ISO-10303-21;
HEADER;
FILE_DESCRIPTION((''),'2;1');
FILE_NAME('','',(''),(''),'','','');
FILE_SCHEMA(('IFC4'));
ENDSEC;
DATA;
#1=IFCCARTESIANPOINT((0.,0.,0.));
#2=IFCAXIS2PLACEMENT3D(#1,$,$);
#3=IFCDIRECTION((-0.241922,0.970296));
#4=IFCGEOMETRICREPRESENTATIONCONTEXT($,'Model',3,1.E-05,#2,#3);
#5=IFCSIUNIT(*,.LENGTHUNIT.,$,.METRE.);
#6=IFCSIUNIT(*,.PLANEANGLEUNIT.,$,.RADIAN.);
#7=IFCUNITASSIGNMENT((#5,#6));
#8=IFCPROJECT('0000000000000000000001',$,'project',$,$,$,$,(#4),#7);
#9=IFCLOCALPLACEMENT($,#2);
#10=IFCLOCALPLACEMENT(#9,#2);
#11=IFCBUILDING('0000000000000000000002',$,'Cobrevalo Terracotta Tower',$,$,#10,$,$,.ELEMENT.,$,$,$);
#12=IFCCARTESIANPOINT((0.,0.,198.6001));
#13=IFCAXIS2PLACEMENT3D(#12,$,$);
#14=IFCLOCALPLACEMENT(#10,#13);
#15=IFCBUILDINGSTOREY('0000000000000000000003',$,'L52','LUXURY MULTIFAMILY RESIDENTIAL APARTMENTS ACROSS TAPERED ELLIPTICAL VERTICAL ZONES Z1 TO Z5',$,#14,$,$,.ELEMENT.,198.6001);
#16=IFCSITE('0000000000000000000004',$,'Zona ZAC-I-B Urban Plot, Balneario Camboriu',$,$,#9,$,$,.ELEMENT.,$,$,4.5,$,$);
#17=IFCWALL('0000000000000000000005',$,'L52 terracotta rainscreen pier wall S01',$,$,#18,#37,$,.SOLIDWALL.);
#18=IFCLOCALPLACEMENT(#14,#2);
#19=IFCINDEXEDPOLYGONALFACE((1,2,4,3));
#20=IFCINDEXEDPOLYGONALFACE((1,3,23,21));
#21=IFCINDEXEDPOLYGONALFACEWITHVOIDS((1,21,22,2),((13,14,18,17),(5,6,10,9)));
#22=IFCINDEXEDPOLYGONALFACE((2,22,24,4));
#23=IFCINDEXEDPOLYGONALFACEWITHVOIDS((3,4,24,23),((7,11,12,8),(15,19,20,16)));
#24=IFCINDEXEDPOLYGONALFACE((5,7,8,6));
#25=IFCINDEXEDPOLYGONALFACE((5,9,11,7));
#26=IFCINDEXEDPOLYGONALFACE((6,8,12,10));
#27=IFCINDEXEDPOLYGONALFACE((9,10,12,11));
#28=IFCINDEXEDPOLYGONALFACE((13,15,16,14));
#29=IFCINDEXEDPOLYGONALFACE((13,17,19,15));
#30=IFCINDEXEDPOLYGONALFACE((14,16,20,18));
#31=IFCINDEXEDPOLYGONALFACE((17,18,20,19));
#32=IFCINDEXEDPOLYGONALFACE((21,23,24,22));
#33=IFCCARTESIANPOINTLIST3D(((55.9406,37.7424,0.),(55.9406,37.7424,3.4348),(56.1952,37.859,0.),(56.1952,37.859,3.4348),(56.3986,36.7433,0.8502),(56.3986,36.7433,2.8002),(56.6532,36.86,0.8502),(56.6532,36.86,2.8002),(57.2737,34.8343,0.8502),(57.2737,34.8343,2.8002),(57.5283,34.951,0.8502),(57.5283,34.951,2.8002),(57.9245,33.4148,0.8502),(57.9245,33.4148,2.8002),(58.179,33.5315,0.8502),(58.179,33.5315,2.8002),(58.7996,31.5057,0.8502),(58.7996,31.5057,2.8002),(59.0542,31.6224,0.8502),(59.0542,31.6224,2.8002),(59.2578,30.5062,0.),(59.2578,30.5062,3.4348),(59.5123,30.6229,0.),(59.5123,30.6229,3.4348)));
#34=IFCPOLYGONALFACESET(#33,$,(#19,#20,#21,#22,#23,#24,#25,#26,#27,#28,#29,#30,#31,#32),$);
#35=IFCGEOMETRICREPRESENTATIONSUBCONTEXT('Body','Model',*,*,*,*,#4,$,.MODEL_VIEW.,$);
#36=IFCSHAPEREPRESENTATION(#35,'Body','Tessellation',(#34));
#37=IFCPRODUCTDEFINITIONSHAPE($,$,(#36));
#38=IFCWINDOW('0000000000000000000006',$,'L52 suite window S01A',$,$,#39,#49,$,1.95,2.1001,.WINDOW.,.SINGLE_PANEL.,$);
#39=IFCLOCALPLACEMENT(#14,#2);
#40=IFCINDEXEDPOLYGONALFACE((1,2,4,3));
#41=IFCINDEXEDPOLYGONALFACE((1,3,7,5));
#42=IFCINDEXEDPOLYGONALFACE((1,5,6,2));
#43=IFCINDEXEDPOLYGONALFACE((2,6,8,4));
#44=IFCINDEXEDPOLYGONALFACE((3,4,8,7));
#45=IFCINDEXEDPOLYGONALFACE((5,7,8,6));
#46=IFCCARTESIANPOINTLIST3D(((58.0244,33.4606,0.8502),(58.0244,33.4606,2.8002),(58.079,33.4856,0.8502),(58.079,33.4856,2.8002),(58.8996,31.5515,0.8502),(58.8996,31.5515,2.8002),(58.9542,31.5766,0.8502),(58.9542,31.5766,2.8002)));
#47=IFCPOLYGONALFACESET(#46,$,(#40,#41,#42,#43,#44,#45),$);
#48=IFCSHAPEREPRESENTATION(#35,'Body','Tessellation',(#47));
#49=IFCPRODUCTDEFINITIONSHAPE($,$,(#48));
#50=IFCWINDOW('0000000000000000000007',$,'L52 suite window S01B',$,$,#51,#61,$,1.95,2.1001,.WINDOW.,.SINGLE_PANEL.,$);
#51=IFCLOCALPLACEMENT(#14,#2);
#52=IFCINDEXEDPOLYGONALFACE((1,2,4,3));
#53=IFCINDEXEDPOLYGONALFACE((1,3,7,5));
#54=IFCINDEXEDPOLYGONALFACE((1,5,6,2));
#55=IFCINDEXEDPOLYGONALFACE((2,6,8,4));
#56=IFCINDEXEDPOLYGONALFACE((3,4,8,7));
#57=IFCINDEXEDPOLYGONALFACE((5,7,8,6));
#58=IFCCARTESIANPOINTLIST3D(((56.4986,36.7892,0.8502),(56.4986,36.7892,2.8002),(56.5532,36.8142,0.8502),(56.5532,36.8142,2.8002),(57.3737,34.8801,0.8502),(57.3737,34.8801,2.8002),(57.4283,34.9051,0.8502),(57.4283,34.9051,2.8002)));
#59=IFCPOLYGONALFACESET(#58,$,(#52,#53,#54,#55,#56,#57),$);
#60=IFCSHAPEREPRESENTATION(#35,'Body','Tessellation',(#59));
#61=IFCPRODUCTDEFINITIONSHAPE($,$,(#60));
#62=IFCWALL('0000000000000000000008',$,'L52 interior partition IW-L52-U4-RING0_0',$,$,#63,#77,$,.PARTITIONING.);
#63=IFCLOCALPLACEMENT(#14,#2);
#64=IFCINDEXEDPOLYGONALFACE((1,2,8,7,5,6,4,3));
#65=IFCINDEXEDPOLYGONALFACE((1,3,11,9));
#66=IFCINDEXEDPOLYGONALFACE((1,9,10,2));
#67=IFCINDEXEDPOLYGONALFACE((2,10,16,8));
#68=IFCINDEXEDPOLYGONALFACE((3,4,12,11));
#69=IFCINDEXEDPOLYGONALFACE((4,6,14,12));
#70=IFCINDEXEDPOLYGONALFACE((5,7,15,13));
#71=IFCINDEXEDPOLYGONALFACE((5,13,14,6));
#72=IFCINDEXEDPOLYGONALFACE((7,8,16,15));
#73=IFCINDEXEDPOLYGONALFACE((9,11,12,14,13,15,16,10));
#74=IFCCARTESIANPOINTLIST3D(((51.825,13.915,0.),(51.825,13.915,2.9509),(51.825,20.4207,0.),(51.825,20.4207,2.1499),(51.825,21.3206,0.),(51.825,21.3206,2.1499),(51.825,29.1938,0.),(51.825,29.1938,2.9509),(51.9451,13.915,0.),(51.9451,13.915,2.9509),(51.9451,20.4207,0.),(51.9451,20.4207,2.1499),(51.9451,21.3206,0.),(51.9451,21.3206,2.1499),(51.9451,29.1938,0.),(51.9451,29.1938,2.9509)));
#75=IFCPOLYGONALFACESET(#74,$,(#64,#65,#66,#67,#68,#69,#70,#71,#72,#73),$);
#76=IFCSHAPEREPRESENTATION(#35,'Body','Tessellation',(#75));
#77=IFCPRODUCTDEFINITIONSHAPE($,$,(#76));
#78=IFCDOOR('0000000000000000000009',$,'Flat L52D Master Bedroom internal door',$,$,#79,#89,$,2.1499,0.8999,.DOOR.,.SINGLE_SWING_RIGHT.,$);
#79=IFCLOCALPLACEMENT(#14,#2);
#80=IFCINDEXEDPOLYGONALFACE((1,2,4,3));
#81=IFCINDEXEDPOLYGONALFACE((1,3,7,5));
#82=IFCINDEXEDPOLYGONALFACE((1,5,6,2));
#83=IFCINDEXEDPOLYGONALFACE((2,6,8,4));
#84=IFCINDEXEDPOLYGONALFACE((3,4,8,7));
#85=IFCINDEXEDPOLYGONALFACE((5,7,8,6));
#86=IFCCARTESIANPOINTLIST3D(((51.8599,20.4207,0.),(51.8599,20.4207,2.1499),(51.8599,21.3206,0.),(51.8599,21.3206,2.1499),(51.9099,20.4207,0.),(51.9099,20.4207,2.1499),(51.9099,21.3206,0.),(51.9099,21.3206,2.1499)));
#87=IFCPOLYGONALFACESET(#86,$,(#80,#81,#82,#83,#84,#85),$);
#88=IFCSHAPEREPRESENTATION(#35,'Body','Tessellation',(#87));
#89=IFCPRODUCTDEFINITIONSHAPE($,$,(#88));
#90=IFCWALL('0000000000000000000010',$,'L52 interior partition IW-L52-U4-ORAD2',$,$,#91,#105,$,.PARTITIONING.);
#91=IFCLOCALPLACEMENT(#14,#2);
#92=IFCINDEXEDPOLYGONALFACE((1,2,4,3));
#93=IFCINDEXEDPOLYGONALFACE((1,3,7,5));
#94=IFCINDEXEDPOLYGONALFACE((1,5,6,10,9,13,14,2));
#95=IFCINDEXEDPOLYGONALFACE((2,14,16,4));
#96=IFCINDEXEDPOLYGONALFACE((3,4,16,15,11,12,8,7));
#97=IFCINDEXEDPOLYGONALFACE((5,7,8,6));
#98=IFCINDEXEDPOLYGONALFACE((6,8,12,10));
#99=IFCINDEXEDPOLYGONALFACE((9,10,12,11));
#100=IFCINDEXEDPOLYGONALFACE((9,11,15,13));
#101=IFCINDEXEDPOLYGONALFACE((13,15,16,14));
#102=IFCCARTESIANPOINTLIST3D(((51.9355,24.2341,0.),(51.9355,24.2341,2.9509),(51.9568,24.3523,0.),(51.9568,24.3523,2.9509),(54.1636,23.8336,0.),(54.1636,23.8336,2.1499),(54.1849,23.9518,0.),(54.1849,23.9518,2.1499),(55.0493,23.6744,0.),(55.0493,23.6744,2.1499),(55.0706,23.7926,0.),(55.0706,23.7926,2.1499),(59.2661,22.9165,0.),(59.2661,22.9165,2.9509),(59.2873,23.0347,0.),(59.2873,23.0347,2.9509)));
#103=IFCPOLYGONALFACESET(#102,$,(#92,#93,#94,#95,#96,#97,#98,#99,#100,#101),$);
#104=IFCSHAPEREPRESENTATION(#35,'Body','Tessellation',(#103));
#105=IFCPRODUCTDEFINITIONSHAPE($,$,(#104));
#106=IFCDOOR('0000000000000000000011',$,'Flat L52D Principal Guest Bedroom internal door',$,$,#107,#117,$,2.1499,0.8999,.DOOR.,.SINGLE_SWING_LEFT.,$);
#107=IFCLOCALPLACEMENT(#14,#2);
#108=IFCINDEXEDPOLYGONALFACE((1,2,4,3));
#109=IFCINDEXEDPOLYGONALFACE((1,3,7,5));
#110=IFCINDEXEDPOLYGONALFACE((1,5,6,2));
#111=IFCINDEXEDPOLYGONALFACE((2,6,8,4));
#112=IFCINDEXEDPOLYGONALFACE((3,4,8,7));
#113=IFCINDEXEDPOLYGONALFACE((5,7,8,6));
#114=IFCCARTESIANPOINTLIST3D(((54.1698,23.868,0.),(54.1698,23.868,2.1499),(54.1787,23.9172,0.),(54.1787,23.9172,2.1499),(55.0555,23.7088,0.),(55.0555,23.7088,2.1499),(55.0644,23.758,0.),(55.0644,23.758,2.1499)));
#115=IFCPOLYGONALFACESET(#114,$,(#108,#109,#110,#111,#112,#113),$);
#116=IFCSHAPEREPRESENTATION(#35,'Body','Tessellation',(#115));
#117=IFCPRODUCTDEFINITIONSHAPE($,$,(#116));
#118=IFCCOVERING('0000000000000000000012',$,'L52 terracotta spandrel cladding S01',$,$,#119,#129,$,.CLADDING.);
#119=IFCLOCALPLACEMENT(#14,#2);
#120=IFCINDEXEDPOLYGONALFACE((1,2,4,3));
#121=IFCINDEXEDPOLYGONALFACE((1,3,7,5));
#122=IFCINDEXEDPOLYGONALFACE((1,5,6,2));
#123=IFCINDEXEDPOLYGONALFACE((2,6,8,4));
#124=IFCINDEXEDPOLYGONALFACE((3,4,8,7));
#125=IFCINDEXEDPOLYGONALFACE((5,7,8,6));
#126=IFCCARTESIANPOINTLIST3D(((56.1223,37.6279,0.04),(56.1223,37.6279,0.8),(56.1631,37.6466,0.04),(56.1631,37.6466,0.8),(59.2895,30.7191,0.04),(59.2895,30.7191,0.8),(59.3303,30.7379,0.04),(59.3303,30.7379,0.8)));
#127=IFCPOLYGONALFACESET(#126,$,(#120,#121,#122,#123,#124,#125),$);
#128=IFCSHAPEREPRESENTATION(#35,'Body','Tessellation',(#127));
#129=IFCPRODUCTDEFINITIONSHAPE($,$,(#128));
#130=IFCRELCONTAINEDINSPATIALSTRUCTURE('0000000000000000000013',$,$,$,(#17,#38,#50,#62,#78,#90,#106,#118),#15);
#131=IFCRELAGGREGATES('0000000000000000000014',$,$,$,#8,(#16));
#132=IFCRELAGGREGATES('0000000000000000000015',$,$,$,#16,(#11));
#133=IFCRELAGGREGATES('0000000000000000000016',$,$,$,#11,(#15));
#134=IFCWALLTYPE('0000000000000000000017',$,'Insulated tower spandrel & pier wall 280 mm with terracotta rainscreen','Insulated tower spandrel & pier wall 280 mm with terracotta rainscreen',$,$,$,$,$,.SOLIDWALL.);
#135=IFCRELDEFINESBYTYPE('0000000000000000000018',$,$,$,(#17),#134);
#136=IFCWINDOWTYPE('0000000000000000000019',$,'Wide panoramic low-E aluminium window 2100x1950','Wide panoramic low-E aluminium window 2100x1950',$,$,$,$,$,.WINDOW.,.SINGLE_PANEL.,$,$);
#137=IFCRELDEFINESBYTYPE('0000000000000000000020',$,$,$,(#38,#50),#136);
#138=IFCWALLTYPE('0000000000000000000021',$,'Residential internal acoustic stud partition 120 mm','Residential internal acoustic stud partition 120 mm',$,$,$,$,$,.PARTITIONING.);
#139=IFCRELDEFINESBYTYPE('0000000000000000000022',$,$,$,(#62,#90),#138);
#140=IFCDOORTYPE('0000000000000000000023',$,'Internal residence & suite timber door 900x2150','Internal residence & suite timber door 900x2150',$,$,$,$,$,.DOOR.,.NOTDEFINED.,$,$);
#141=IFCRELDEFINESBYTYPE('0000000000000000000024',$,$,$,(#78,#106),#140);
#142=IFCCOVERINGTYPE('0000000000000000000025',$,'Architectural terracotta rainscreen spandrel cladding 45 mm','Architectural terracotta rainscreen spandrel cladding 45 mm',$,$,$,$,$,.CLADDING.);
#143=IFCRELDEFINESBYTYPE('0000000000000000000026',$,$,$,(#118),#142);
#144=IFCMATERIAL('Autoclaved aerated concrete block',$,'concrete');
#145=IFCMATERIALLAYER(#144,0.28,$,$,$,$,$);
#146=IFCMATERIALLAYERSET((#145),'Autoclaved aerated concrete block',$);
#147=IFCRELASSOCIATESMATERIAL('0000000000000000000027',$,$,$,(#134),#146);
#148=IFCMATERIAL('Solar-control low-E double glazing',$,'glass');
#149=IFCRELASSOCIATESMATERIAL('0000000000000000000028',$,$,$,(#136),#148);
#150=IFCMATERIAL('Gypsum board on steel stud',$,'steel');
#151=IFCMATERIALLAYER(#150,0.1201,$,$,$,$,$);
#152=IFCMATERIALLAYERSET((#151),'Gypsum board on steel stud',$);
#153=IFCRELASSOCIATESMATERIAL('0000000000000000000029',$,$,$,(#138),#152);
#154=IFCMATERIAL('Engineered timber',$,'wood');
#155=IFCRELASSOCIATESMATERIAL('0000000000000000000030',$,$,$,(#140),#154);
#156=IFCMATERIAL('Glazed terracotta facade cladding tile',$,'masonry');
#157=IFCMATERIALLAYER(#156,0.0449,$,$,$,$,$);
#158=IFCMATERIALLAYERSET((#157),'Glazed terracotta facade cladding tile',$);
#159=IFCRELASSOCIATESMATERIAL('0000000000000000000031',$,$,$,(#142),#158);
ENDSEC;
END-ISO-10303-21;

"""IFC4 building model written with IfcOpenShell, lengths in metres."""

from ifc_helpers import new_model, si_unit, direction, frame, frame_2d, origin, origin_2d, place, context, subcontext, project, spatial, rectangle, extrude, source, transform, mapped, material, layer, layer_set, type_object, element, fill, save


model = new_model("IFC4")

# Units and contexts
model_context = context("Model", 3, precision=1e-05, world=origin(), true_north=direction((-0.241922, 0.970296)))
body_context = subcontext(model_context, "Body", "Model", "MODEL_VIEW")
ifc_project = project(units=[si_unit("LENGTHUNIT", "METRE"), si_unit("PLANEANGLEUNIT", "RADIAN")], contexts=[model_context])

# Site, building, storey
site_placement = place(None, origin())
site = spatial("IfcSite", under=ifc_project, at=site_placement, Name="Zona ZAC-I-B Urban Plot, Balneario Camboriu", CompositionType="ELEMENT", RefElevation=4.5)
building_placement = place(site_placement, origin())
building = spatial("IfcBuilding", under=site, at=building_placement, Name="Cobrevalo Terracotta Tower", CompositionType="ELEMENT")
storey_placement = place(building_placement, frame((0.0, 0.0, 198.6001)))
storey = spatial("IfcBuildingStorey", under=building, at=storey_placement, Name="L52", Description="LUXURY MULTIFAMILY RESIDENTIAL APARTMENTS ACROSS TAPERED ELLIPTICAL VERTICAL ZONES Z1 TO Z5", CompositionType="ELEMENT", Elevation=198.6001)

# Shared definitions
ifc_material_1 = material(Name="Solar-control low-E double glazing", Category="glass")

# Shared definitions
ifc_material_2 = material(Name="Autoclaved aerated concrete block", Category="concrete")

# Wall, openings, windows
ifc_layer_1 = layer(ifc_material_2, 0.28)
ifc_layer_set_1 = layer_set([ifc_layer_1], Name="Autoclaved aerated concrete block")
wall_type_1 = type_object("IfcWallType", Name="Insulated tower spandrel & pier wall 280 mm with terracotta rainscreen", Description="Insulated tower spandrel & pier wall 280 mm with terracotta rainscreen", PredefinedType="SOLIDWALL", material=ifc_layer_set_1)
wall_1_placement = place(storey_placement, frame((59.385, 30.5647, 0.0), z_axis=(0.0, 0.0, 1.0), x_axis=(-0.416717, 0.909036, 0.0)))
wall_1 = element("IfcWall", 1, at=wall_1_placement, inside=storey, type_object=wall_type_1, Name="L52 terracotta rainscreen pier wall S01", PredefinedType="SOLIDWALL", context=body_context, shape_type="SweptSolid", body=[
    extrude(rectangle(XDim=7.9602, YDim=0.28, at=frame_2d((3.98, 0.0))), origin(), (0.0, 0.0, 1.0), 3.4348),
])
opening_1_placement = place(wall_1_placement, frame((1.0994, 0.0, 0.8501)))
opening_1 = element("IfcOpeningElement", 2, at=opening_1_placement, cuts=wall_1, PredefinedType="OPENING", context=body_context, shape_type="SweptSolid", body=[
    extrude(rectangle(XDim=2.1001, YDim=1.95, at=frame_2d((1.05, 0.9751))), frame((0.0, 0.1499, 0.0), z_axis=(0.0, -1.0, 0.0), x_axis=(1.0, 0.0, 0.0)), (0.0, 0.0, 1.0), 0.3),
])
opening_2_placement = place(wall_1_placement, frame((4.761, 0.0, 0.8501)))
opening_2 = element("IfcOpeningElement", 3, at=opening_2_placement, cuts=wall_1, PredefinedType="OPENING", context=body_context, shape_type="SweptSolid", body=[
    extrude(rectangle(XDim=2.1001, YDim=1.95, at=frame_2d((1.05, 0.9751))), frame((0.0, 0.1499, 0.0), z_axis=(0.0, -1.0, 0.0), x_axis=(1.0, 0.0, 0.0)), (0.0, 0.0, 1.0), 0.3),
])
window_type = type_object("IfcWindowType", Name="Wide panoramic low-E aluminium window 2100x1950", Description="Wide panoramic low-E aluminium window 2100x1950", PartitioningType="SINGLE_PANEL", PredefinedType="WINDOW", material=ifc_material_1)
shared_shape_1 = source(origin(), body_context, "Body", "SweptSolid", [
    extrude(rectangle(XDim=2.1001, YDim=1.95, at=frame_2d((1.05, 0.9751))), frame((0.0, 0.03, 0.0), z_axis=(0.0, -1.0, 0.0), x_axis=(1.0, 0.0, 0.0)), (0.0, 0.0, 1.0), 0.0601),
])
window_1_placement = place(opening_1_placement, origin())
window_1 = element("IfcWindow", 4, at=window_1_placement, inside=storey, type_object=window_type, Name="L52 suite window S01A", OverallHeight=1.95, OverallWidth=2.1001, PartitioningType="SINGLE_PANEL", PredefinedType="WINDOW", context=body_context, shape_type="MappedRepresentation", body=[
    mapped(shared_shape_1, transform((0.0, 0.0, 0.0), scale=1.0)),
])
fill(opening_1, window_1)
window_2_placement = place(opening_2_placement, origin())
window_2 = element("IfcWindow", 5, at=window_2_placement, inside=storey, type_object=window_type, Name="L52 suite window S01B", OverallHeight=1.95, OverallWidth=2.1001, PartitioningType="SINGLE_PANEL", PredefinedType="WINDOW", context=body_context, shape_type="MappedRepresentation", body=[
    mapped(shared_shape_1, transform((0.0, 0.0, 0.0), scale=1.0)),
])
fill(opening_2, window_2)

# Walls, openings, doors
ifc_material_3 = material(Name="Gypsum board on steel stud", Category="steel")
ifc_layer_2 = layer(ifc_material_3, 0.1201)
ifc_layer_set_2 = layer_set([ifc_layer_2], Name="Gypsum board on steel stud")
wall_type_2 = type_object("IfcWallType", Name="Residential internal acoustic stud partition 120 mm", Description="Residential internal acoustic stud partition 120 mm", PredefinedType="PARTITIONING", material=ifc_layer_set_2)
wall_2_placement = place(storey_placement, frame((51.885, 29.1938, 0.0), z_axis=(0.0, 0.0, 1.0), x_axis=(0.0, -1.0, 0.0)))
wall_2 = element("IfcWall", 6, at=wall_2_placement, inside=storey, type_object=wall_type_2, Name="L52 interior partition IW-L52-U4-RING0_0", PredefinedType="PARTITIONING", context=body_context, shape_type="SweptSolid", body=[
    extrude(rectangle(XDim=15.2788, YDim=0.1201, at=frame_2d((7.6394, 0.0))), origin(), (0.0, 0.0, 1.0), 2.9509),
])
opening_3_placement = place(wall_2_placement, frame((7.8733, 0.0, 0.0)))
opening_3 = element("IfcOpeningElement", 7, at=opening_3_placement, cuts=wall_2, PredefinedType="OPENING", context=body_context, shape_type="SweptSolid", body=[
    extrude(rectangle(XDim=0.8999, YDim=2.1499, at=frame_2d((0.45, 1.075))), frame((0.0, 0.0701, 0.0), z_axis=(0.0, -1.0, 0.0), x_axis=(1.0, 0.0, 0.0)), (0.0, 0.0, 1.0), 0.1401),
])
ifc_material_4 = material(Name="Engineered timber", Category="wood")
door_type_1 = type_object("IfcDoorType", Name="Internal residence & suite timber door 900x2150", Description="Internal residence & suite timber door 900x2150", OperationType="NOTDEFINED", PredefinedType="DOOR", material=ifc_material_4)
shared_shape_2 = source(origin(), body_context, "Body", "SweptSolid", [
    extrude(rectangle(XDim=0.8999, YDim=2.1499, at=frame_2d((0.45, 1.075))), frame((0.0, 0.0249, 0.0), z_axis=(0.0, -1.0, 0.0), x_axis=(1.0, 0.0, 0.0)), (0.0, 0.0, 1.0), 0.05),
])
door_1_placement = place(opening_3_placement, origin())
door_1 = element("IfcDoor", 8, at=door_1_placement, inside=storey, type_object=door_type_1, Name="Flat L52D Master Bedroom internal door", OperationType="SINGLE_SWING_RIGHT", OverallHeight=2.1499, OverallWidth=0.8999, PredefinedType="DOOR", context=body_context, shape_type="MappedRepresentation", body=[
    mapped(shared_shape_2, transform((0.0, 0.0, 0.0), scale=1.0)),
])
fill(opening_3, door_1)
wall_3_placement = place(storey_placement, frame((51.946, 24.2932, 0.0), z_axis=(0.0, 0.0, 1.0), x_axis=(0.984227, -0.176909, 0.0)))
wall_3 = element("IfcWall", 9, at=wall_3_placement, inside=storey, type_object=wall_type_2, Name="L52 interior partition IW-L52-U4-ORAD2", PredefinedType="PARTITIONING", context=body_context, shape_type="SweptSolid", body=[
    extrude(rectangle(XDim=7.448, YDim=0.1201, at=frame_2d((3.7241, 0.0))), origin(), (0.0, 0.0, 1.0), 2.9509),
])
opening_4_placement = place(wall_3_placement, frame((2.2639, 0.0, 0.0)))
opening_4 = element("IfcOpeningElement", 10, at=opening_4_placement, cuts=wall_3, PredefinedType="OPENING", context=body_context, shape_type="SweptSolid", body=[
    extrude(rectangle(XDim=0.8999, YDim=2.1499, at=frame_2d((0.45, 1.075))), frame((0.0, 0.0701, 0.0), z_axis=(0.0, -1.0, 0.0), x_axis=(1.0, 0.0, 0.0)), (0.0, 0.0, 1.0), 0.1401),
])
door_2_placement = place(opening_4_placement, origin())
door_2 = element("IfcDoor", 11, at=door_2_placement, inside=storey, type_object=door_type_1, Name="Flat L52D Principal Guest Bedroom internal door", OperationType="SINGLE_SWING_LEFT", OverallHeight=2.1499, OverallWidth=0.8999, PredefinedType="DOOR", context=body_context, shape_type="MappedRepresentation", body=[
    mapped(shared_shape_2, transform((0.0, 0.0, 0.0), scale=1.0)),
])
fill(opening_4, door_2)

# Covering
ifc_material_5 = material(Name="Glazed terracotta facade cladding tile", Category="masonry")
ifc_layer_3 = layer(ifc_material_5, 0.0449)
ifc_layer_set_3 = layer_set([ifc_layer_3], Name="Glazed terracotta facade cladding tile")
covering_type = type_object("IfcCoveringType", Name="Architectural terracotta rainscreen spandrel cladding 45 mm", Description="Architectural terracotta rainscreen spandrel cladding 45 mm", PredefinedType="CLADDING", material=ifc_layer_set_3)
shared_shape_3 = source(origin(), body_context, "Body", "SweptSolid", [
    extrude(rectangle(XDim=7.6001, YDim=0.0449, at=origin_2d()), origin(), (0.0, 0.0, 1.0), 0.76),
])
covering_placement = place(storey_placement, frame((57.7263, 34.1829, 0.04), z_axis=(0.0, 0.0, 1.0), x_axis=(-0.416731, 0.90903, 0.0)))
element("IfcCovering", 12, at=covering_placement, inside=storey, type_object=covering_type, Name="L52 terracotta spandrel cladding S01", PredefinedType="CLADDING", context=body_context, shape_type="MappedRepresentation", body=[
    mapped(shared_shape_3, transform((0.0, 0.0, 0.0), scale=1.0)),
])

save(model, "model.ifc")
